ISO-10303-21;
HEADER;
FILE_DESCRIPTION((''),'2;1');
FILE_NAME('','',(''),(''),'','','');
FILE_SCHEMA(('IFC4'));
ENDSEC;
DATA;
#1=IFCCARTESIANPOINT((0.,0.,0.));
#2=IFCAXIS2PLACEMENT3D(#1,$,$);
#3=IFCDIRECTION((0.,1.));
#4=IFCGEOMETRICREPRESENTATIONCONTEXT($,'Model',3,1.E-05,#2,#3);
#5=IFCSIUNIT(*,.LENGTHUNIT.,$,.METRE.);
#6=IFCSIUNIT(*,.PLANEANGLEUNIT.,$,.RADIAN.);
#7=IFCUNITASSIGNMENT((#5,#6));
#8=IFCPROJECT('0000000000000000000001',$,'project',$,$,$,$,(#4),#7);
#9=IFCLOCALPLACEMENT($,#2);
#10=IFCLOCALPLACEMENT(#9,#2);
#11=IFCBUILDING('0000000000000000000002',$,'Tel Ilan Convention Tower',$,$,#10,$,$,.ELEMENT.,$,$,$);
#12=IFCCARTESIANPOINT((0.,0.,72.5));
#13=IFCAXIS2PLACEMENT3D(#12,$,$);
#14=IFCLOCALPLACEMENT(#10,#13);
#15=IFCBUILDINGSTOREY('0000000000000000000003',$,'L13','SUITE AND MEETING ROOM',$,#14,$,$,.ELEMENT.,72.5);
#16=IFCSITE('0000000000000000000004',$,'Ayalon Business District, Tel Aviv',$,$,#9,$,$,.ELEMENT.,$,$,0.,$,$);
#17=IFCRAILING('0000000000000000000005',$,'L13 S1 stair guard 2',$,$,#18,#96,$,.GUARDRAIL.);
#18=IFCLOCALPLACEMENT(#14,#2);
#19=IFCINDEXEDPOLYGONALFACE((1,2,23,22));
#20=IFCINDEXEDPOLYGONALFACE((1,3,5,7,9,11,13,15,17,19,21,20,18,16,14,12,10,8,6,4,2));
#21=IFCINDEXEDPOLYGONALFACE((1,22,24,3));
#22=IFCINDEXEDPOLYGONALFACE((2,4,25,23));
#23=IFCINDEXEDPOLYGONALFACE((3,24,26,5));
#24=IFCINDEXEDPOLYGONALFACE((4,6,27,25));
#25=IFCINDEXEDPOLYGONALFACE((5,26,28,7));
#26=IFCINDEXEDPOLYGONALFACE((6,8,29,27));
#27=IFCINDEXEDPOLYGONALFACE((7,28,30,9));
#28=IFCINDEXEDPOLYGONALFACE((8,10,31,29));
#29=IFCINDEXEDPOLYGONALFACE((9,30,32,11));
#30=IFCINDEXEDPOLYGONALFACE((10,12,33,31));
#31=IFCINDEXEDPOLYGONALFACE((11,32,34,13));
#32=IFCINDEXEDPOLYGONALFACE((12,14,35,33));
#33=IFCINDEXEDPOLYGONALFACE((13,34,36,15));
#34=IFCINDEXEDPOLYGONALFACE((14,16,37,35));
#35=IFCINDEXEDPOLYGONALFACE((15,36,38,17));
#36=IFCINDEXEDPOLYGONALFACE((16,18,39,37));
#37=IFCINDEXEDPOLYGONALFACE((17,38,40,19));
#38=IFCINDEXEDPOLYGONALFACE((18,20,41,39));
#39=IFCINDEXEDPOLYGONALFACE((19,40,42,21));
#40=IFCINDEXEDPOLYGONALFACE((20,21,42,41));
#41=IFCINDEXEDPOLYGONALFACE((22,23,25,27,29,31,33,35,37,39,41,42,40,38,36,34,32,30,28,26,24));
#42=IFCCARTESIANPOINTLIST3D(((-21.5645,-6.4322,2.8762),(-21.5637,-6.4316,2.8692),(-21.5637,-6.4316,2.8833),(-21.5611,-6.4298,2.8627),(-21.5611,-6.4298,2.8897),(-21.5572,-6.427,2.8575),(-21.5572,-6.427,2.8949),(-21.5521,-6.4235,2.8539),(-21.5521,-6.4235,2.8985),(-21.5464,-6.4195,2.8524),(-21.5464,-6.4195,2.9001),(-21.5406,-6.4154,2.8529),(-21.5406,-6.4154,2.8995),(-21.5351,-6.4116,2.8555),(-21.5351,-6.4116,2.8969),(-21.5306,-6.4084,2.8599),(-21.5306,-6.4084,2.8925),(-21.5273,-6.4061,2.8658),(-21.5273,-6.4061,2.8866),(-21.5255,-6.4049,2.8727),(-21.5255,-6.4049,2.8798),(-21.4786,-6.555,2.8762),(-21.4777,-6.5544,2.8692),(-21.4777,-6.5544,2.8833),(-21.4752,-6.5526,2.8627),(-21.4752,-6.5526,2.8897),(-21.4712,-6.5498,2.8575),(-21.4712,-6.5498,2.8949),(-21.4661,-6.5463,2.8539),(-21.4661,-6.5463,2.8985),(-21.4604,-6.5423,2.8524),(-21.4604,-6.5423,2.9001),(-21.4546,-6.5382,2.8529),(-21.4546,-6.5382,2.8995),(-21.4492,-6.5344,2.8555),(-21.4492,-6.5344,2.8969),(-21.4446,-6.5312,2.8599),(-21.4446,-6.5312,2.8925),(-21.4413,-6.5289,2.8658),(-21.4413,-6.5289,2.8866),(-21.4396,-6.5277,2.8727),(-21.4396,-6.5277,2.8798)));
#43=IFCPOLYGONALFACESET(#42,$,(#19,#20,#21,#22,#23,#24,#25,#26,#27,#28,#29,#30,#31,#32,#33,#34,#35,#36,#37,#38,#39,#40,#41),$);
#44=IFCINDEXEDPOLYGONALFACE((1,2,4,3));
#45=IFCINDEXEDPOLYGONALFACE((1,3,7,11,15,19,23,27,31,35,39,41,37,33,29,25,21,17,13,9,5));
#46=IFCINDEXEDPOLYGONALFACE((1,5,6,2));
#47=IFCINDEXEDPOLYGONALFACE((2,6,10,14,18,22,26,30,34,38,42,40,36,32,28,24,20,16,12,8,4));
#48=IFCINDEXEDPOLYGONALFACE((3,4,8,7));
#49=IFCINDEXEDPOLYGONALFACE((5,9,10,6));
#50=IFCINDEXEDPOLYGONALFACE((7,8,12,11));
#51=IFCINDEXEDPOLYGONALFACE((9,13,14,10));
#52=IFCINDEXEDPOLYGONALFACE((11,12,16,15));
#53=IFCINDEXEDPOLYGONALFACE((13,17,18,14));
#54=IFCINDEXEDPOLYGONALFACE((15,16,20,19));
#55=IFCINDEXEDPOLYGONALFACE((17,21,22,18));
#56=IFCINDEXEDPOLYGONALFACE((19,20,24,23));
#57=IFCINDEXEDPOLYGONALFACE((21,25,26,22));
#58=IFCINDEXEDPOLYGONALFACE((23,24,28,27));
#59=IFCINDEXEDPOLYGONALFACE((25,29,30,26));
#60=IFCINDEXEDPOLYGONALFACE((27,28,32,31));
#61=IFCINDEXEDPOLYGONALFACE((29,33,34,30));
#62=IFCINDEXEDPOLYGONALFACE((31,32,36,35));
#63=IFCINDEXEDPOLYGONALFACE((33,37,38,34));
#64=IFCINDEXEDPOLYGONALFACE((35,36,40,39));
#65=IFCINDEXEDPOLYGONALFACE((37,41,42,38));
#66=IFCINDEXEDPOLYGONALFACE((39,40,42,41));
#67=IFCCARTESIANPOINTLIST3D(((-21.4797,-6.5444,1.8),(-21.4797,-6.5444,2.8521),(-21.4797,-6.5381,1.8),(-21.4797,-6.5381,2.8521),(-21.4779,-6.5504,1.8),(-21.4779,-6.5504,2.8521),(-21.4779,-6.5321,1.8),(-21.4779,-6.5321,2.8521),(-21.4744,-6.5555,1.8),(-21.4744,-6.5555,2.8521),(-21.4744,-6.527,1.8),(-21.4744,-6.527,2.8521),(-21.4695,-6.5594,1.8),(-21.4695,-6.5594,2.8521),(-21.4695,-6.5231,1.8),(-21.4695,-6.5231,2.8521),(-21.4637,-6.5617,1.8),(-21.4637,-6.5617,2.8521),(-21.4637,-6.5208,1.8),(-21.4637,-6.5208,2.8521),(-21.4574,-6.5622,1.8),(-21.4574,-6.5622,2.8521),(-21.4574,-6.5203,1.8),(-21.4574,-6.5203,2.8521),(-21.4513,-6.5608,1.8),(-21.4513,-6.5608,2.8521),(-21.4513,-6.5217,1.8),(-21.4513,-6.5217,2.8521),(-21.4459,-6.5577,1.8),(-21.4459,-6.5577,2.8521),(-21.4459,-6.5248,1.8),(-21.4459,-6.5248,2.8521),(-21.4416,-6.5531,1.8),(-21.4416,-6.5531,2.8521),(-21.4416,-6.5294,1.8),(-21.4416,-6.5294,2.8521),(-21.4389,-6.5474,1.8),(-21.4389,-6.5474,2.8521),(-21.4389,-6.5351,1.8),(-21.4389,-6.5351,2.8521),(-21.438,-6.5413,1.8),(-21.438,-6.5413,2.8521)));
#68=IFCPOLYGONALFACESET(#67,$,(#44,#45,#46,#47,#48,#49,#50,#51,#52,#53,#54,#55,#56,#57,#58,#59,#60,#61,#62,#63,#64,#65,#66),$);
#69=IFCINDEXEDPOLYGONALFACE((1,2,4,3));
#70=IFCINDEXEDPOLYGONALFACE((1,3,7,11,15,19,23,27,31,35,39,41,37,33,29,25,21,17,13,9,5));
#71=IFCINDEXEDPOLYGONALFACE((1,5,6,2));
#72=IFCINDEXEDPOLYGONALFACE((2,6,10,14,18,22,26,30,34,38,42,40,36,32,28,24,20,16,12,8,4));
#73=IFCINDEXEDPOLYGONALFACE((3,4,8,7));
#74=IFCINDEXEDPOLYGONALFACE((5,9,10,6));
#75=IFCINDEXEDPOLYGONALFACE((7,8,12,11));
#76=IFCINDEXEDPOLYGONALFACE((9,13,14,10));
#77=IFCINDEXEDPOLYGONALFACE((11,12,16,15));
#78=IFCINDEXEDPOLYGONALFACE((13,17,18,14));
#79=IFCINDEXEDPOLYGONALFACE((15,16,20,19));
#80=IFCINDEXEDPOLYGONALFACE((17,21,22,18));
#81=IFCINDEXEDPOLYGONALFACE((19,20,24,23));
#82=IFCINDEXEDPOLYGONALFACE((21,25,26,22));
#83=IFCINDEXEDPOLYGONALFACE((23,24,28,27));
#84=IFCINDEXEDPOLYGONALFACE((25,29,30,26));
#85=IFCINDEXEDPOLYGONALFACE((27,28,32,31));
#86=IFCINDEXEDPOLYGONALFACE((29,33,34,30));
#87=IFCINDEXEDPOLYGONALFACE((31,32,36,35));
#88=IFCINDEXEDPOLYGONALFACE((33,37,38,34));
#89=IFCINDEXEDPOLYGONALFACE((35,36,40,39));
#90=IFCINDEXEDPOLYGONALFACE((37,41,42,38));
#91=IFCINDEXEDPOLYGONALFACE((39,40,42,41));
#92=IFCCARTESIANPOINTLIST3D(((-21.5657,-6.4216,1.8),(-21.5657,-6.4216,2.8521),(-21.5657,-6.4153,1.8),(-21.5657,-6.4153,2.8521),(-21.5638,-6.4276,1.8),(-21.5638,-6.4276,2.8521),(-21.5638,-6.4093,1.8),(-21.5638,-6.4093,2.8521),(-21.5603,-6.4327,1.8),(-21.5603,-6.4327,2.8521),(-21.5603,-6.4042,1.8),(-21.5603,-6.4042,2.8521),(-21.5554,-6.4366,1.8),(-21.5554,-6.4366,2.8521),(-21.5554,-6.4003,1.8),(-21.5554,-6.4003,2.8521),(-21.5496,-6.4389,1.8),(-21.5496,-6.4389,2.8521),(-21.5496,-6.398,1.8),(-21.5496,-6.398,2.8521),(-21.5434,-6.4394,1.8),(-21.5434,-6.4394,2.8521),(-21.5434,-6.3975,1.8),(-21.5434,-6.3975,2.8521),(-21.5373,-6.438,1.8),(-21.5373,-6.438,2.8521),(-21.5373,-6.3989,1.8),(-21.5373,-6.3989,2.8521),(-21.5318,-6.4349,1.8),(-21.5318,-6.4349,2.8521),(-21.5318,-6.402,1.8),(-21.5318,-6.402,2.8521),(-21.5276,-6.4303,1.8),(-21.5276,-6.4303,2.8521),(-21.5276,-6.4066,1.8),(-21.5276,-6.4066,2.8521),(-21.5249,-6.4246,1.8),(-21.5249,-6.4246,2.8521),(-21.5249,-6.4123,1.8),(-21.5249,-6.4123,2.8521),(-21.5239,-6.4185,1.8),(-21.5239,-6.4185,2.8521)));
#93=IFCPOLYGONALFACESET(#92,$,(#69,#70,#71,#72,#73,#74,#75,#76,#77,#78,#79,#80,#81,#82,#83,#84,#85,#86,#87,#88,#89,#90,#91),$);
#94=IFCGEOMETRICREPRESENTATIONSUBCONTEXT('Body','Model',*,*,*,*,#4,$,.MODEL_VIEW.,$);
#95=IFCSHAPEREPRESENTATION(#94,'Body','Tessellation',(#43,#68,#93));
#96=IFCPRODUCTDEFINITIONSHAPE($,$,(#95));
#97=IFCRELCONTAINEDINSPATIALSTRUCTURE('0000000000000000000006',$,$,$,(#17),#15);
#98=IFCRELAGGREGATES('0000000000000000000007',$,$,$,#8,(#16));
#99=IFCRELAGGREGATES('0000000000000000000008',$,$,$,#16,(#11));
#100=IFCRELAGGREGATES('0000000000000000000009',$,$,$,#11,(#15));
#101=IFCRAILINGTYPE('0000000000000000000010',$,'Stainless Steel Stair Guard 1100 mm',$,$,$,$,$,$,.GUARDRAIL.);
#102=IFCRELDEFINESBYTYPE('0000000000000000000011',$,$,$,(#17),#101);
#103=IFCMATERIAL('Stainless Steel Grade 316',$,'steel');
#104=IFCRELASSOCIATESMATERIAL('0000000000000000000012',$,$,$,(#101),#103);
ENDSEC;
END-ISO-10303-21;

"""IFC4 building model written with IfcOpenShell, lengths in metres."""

from ifc_helpers import new_model, si_unit, direction, frame, origin, origin_2d, place, context, subcontext, project, spatial, circle, extrude, material, type_object, element, save


model = new_model("IFC4")

# Units and contexts
model_context = context("Model", 3, precision=1e-05, world=origin(), true_north=direction((0.0, 1.0)))
body_context = subcontext(model_context, "Body", "Model", "MODEL_VIEW")
ifc_project = project(units=[si_unit("LENGTHUNIT", "METRE"), si_unit("PLANEANGLEUNIT", "RADIAN")], contexts=[model_context])

# Site, building, storey
site_placement = place(None, origin())
site = spatial("IfcSite", under=ifc_project, at=site_placement, Name="Ayalon Business District, Tel Aviv", CompositionType="ELEMENT", RefElevation=0.0)
building_placement = place(site_placement, origin())
building = spatial("IfcBuilding", under=site, at=building_placement, Name="Tel Ilan Convention Tower", CompositionType="ELEMENT")
storey_placement = place(building_placement, frame((0.0, 0.0, 72.5)))
storey = spatial("IfcBuildingStorey", under=building, at=storey_placement, Name="L13", Description="SUITE AND MEETING ROOM", CompositionType="ELEMENT", Elevation=72.5)

# Railing
ifc_material_1 = material(Name="Stainless Steel Grade 316", Category="steel")
railing_type_1 = type_object("IfcRailingType", Name="Stainless Steel Stair Guard 1100 mm", PredefinedType="GUARDRAIL", material=ifc_material_1)
railing_1_placement = place(storey_placement, frame((-21.459, -6.5413, 1.8)))
element("IfcRailing", 1, at=railing_1_placement, inside=storey, type_object=railing_type_1, Name="L13 S1 stair guard 2", PredefinedType="GUARDRAIL", context=body_context, shape_type="SweptSolid", body=[
    extrude(circle(Radius=0.0239, at=origin_2d()), frame((0.0, 0.0, 1.0762), z_axis=(-0.573353, 0.819308, 0.0), x_axis=(-0.819308, -0.573353, 0.0)), (0.0, 0.0, 1.0), 0.1499),
    extrude(circle(Radius=0.021, at=origin_2d()), origin(), (0.0, 0.0, 1.0), 1.052),
    extrude(circle(Radius=0.021, at=origin_2d()), frame((-0.0859, 0.1228, 0.0)), (0.0, 0.0, 1.0), 1.052),
])

save(model, "model.ifc")
